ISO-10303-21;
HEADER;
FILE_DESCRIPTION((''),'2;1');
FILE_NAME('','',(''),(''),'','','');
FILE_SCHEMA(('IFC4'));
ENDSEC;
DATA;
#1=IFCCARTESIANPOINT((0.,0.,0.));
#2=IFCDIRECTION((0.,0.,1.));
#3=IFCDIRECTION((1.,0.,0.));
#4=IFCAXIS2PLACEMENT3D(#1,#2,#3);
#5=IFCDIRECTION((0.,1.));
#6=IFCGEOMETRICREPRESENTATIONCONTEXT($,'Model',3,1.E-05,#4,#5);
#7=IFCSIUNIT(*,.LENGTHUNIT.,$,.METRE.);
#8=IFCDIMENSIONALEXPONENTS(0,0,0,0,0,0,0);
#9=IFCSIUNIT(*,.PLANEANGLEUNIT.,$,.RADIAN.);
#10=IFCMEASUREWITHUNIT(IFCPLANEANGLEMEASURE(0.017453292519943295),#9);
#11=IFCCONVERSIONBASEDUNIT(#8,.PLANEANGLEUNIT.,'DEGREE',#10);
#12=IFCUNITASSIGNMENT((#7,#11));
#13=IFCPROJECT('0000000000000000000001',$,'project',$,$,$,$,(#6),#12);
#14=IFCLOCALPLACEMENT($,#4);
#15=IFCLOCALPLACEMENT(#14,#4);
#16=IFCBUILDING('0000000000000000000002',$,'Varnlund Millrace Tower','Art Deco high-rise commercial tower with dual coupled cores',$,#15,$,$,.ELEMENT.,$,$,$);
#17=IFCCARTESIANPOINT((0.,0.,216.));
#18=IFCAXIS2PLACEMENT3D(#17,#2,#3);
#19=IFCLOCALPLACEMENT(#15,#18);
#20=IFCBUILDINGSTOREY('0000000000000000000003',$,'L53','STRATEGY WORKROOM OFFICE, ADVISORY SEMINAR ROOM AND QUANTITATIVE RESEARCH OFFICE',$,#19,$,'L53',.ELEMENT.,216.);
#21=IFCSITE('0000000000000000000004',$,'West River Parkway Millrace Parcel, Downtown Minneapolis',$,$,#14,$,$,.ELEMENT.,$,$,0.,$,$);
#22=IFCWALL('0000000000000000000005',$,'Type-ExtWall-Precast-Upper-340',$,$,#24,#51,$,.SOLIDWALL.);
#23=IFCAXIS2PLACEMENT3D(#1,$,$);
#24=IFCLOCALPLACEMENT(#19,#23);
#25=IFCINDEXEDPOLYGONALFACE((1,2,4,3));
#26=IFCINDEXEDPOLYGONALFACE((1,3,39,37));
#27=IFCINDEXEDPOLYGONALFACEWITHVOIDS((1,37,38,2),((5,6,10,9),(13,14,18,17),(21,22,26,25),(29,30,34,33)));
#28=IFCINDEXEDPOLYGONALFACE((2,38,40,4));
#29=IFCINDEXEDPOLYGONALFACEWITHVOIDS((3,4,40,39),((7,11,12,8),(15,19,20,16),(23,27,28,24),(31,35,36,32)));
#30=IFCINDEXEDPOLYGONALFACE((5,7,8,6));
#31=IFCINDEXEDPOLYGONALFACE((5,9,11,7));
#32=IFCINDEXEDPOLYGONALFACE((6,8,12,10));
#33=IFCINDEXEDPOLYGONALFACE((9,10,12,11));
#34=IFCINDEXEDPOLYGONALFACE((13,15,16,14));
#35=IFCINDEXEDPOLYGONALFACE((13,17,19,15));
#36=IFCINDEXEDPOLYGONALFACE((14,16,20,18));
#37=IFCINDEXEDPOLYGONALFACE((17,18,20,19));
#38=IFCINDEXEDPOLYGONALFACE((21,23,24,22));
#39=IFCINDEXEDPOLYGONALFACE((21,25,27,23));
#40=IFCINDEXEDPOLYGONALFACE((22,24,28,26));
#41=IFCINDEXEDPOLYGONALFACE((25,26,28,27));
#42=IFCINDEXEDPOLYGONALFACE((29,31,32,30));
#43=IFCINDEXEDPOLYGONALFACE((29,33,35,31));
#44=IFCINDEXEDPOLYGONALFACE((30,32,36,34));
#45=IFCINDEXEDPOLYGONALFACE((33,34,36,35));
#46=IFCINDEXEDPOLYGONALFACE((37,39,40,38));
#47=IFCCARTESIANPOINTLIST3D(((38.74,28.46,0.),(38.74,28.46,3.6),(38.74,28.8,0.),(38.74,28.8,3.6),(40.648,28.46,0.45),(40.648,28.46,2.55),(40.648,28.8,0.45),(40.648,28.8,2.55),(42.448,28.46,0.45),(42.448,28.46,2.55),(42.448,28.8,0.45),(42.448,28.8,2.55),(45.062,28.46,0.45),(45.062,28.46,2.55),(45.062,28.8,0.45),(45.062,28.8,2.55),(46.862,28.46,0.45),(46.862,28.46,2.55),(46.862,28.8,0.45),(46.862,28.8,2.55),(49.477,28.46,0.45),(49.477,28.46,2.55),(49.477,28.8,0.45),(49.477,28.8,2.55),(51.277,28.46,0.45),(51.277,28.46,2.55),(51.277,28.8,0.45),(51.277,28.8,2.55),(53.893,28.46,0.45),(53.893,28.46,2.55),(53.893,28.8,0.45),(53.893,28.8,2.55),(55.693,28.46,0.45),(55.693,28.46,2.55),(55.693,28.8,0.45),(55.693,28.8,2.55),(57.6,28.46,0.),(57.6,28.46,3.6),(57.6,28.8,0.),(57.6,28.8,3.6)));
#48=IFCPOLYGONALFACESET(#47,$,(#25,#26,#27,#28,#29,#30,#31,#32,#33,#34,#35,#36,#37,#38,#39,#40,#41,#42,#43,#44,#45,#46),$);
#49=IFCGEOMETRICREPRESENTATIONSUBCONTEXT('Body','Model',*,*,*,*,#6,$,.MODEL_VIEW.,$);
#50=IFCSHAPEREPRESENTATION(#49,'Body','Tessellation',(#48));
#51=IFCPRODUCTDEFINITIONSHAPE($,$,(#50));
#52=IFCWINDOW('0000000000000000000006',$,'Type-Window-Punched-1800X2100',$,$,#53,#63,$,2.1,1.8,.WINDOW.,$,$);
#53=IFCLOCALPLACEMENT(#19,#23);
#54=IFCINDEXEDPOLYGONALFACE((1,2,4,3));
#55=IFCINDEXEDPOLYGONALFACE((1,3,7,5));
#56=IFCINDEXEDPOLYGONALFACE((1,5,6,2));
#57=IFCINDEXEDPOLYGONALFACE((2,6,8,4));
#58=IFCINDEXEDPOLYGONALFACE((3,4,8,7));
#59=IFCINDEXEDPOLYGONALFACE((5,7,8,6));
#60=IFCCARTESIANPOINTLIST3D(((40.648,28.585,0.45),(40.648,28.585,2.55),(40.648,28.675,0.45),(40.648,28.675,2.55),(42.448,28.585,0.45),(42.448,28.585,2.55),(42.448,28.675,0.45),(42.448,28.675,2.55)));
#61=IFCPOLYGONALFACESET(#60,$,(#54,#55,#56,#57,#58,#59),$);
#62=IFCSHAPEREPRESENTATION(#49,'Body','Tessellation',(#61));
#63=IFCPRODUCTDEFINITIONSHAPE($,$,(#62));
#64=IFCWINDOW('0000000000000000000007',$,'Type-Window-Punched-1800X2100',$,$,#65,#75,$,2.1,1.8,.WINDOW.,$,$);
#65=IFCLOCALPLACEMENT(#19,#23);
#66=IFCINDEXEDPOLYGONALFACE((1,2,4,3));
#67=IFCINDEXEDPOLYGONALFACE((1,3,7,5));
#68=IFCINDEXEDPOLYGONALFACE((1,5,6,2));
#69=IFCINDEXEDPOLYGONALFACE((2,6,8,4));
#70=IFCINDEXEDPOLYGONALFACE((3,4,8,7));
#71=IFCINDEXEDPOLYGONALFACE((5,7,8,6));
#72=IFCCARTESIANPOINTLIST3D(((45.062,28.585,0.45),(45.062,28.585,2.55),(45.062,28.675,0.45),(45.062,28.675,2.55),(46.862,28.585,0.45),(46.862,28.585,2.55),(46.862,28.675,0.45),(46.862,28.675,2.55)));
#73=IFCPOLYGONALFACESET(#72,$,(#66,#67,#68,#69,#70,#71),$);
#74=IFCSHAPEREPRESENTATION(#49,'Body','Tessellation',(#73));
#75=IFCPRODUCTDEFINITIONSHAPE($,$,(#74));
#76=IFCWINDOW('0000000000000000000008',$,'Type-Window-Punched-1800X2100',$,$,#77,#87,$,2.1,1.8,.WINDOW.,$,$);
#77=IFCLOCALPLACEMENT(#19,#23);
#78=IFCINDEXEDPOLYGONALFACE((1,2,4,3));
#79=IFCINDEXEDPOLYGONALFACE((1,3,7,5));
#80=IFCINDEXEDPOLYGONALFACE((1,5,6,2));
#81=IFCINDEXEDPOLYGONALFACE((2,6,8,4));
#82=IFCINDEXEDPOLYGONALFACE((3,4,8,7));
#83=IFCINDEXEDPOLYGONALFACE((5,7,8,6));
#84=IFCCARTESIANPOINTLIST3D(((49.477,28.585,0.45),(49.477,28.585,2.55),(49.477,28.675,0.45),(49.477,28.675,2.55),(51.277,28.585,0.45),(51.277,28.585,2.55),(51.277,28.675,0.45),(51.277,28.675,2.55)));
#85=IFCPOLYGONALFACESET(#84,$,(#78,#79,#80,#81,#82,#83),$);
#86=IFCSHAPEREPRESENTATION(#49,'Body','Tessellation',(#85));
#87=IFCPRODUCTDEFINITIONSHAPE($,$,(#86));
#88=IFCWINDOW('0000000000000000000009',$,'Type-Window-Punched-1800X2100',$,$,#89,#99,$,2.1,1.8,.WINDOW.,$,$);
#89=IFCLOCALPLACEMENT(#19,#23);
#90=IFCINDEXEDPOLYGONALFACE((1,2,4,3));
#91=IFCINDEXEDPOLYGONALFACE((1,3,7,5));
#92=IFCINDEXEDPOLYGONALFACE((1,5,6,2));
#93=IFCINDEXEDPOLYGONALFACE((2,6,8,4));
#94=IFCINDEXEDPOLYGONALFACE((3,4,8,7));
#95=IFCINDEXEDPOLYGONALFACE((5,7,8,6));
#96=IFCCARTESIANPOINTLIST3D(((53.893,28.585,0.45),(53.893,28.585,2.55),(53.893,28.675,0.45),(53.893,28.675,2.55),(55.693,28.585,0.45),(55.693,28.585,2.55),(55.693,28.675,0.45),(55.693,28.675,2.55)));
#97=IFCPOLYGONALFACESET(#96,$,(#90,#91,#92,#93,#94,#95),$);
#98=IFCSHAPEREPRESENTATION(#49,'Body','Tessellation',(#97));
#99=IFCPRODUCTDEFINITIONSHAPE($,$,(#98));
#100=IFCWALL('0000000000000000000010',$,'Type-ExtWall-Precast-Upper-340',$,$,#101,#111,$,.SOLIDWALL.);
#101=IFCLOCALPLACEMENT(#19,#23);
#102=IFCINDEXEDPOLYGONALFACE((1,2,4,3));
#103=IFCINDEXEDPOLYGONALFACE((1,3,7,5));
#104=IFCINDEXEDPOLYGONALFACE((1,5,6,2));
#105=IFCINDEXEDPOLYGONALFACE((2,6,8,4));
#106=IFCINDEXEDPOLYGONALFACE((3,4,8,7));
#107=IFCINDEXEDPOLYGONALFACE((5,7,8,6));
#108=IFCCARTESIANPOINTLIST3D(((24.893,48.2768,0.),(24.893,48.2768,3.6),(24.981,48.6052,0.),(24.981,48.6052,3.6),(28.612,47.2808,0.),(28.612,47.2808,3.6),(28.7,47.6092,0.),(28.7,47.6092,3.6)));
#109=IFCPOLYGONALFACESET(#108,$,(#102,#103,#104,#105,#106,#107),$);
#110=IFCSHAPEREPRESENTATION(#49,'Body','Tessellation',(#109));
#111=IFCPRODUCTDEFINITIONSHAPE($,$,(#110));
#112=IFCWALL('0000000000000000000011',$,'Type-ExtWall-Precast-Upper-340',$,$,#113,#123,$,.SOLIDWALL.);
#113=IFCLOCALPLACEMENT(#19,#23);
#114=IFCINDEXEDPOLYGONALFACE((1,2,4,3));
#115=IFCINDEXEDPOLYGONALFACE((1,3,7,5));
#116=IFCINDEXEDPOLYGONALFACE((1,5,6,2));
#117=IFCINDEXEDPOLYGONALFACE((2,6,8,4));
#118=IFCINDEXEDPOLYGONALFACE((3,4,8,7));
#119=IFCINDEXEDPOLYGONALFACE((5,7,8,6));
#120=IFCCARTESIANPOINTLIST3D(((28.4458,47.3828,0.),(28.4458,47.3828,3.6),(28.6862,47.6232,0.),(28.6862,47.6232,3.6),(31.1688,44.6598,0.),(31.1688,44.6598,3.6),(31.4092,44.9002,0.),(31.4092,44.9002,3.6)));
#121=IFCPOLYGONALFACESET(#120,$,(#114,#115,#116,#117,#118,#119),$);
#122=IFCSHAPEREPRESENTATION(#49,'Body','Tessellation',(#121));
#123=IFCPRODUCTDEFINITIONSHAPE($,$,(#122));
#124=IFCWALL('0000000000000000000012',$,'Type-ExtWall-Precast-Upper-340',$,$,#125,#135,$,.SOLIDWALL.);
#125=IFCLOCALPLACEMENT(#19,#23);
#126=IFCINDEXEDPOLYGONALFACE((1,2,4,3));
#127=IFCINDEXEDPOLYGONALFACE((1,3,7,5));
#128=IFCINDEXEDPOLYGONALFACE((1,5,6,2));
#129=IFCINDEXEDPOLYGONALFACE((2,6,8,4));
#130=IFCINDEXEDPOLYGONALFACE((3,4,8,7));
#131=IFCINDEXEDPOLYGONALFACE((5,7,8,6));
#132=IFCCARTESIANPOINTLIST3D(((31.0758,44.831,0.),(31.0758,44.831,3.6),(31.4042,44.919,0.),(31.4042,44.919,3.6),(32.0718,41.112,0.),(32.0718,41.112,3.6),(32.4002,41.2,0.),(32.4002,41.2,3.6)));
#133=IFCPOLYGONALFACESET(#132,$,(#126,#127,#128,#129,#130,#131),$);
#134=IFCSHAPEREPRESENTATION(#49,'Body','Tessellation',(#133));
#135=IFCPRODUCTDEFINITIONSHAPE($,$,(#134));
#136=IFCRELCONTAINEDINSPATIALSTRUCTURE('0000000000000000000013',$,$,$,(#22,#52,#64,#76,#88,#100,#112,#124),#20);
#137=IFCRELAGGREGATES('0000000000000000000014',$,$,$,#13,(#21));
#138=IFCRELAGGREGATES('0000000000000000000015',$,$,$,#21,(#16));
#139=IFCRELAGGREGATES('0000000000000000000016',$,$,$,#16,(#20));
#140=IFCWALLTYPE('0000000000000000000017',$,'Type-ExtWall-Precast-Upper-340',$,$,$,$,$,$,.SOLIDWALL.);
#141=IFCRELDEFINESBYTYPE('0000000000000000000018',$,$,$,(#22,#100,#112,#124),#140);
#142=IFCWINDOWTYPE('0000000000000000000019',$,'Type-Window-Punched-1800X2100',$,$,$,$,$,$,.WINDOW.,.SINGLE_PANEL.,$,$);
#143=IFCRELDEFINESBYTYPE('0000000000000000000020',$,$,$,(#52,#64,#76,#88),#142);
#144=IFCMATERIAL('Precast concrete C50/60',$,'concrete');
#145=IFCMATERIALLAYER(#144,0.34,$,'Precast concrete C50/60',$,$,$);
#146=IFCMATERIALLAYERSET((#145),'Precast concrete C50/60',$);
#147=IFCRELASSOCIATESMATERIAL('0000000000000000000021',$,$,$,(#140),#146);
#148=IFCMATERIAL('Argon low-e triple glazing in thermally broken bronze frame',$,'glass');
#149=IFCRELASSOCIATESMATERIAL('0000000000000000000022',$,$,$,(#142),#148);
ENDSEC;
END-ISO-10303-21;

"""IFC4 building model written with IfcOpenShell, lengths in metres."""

from ifc_helpers import new_model, entity, si_unit, converted_unit, direction, frame, origin_with_axes, origin_2d_with_axis, place, context, subcontext, project, spatial, polyline, rectangle, outline, extrude, material, layer, layer_set, type_object, element, fill, save


model = new_model("IFC4")

# Units and contexts
model_context = context("Model", 3, precision=1e-05, world=origin_with_axes(), true_north=direction((0.0, 1.0)))
body_context = subcontext(model_context, "Body", "Model", "MODEL_VIEW")
ifc_project = project(units=[si_unit("LENGTHUNIT", "METRE"), converted_unit("PLANEANGLEUNIT", "DEGREE", entity("IfcPlaneAngleMeasure", 0.017453292519943295), si_unit("PLANEANGLEUNIT", "RADIAN"), dimensions=[0, 0, 0, 0, 0, 0, 0])], contexts=[model_context])

# Site, building, storey
site_placement = place(None, origin_with_axes())
site = spatial("IfcSite", under=ifc_project, at=site_placement, Name="West River Parkway Millrace Parcel, Downtown Minneapolis", CompositionType="ELEMENT", RefElevation=0.0)
building_placement = place(site_placement, origin_with_axes())
building = spatial("IfcBuilding", under=site, at=building_placement, Name="Varnlund Millrace Tower", Description="Art Deco high-rise commercial tower with dual coupled cores", CompositionType="ELEMENT")
storey_placement = place(building_placement, frame((0.0, 0.0, 216.0), z_axis=(0.0, 0.0, 1.0), x_axis=(1.0, 0.0, 0.0)))
storey = spatial("IfcBuildingStorey", under=building, at=storey_placement, Name="L53", Description="STRATEGY WORKROOM OFFICE, ADVISORY SEMINAR ROOM AND QUANTITATIVE RESEARCH OFFICE", LongName="L53", CompositionType="ELEMENT", Elevation=216.0)

# Shared definitions
ifc_material_1 = material(Name="Precast concrete C50/60", Category="concrete")
ifc_layer_1 = layer(ifc_material_1, 0.34, Name="Precast concrete C50/60")
ifc_layer_set_1 = layer_set([ifc_layer_1], Name="Precast concrete C50/60")
wall_type_1 = type_object("IfcWallType", Name="Type-ExtWall-Precast-Upper-340", PredefinedType="SOLIDWALL", material=ifc_layer_set_1)

# Wall, openings, windows
wall_1_placement = place(storey_placement, frame((38.74, 28.63, 0.0), z_axis=(0.0, 0.0, 1.0), x_axis=(1.0, 0.0, 0.0)))
wall_1 = element("IfcWall", 1, at=wall_1_placement, inside=storey, type_object=wall_type_1, Name="Type-ExtWall-Precast-Upper-340", PredefinedType="SOLIDWALL", context=body_context, shape_type="SweptSolid", body=[
    extrude(outline(polyline([(0.0, -0.17), (18.86, -0.17), (18.86, 0.17), (0.0, 0.17), (0.0, -0.17)])), origin_with_axes(), (0.0, 0.0, 1.0), 3.6),
])
opening_1_placement = place(wall_1_placement, frame((2.808, 0.0, 0.45), z_axis=(0.0, 0.0, 1.0), x_axis=(1.0, 0.0, 0.0)))
opening_1 = element("IfcOpeningElement", 2, at=opening_1_placement, cuts=wall_1, PredefinedType="OPENING", context=body_context, shape_type="SweptSolid", body=[
    extrude(rectangle(XDim=1.8, YDim=0.36, at=origin_2d_with_axis()), origin_with_axes(), (0.0, 0.0, 1.0), 2.1),
])
opening_2_placement = place(wall_1_placement, frame((7.222, 0.0, 0.45), z_axis=(0.0, 0.0, 1.0), x_axis=(1.0, 0.0, 0.0)))
opening_2 = element("IfcOpeningElement", 3, at=opening_2_placement, cuts=wall_1, PredefinedType="OPENING", context=body_context, shape_type="SweptSolid", body=[
    extrude(rectangle(XDim=1.8, YDim=0.36, at=origin_2d_with_axis()), origin_with_axes(), (0.0, 0.0, 1.0), 2.1),
])
opening_3_placement = place(wall_1_placement, frame((11.637, 0.0, 0.45), z_axis=(0.0, 0.0, 1.0), x_axis=(1.0, 0.0, 0.0)))
opening_3 = element("IfcOpeningElement", 4, at=opening_3_placement, cuts=wall_1, PredefinedType="OPENING", context=body_context, shape_type="SweptSolid", body=[
    extrude(rectangle(XDim=1.8, YDim=0.36, at=origin_2d_with_axis()), origin_with_axes(), (0.0, 0.0, 1.0), 2.1),
])
opening_4_placement = place(wall_1_placement, frame((16.053, 0.0, 0.45), z_axis=(0.0, 0.0, 1.0), x_axis=(1.0, 0.0, 0.0)))
opening_4 = element("IfcOpeningElement", 5, at=opening_4_placement, cuts=wall_1, PredefinedType="OPENING", context=body_context, shape_type="SweptSolid", body=[
    extrude(rectangle(XDim=1.8, YDim=0.36, at=origin_2d_with_axis()), origin_with_axes(), (0.0, 0.0, 1.0), 2.1),
])
ifc_material_2 = material(Name="Argon low-e triple glazing in thermally broken bronze frame", Category="glass")
window_type_1 = type_object("IfcWindowType", Name="Type-Window-Punched-1800X2100", PartitioningType="SINGLE_PANEL", PredefinedType="WINDOW", material=ifc_material_2)
window_1_placement = place(wall_1_placement, frame((2.808, 0.0, 0.45), z_axis=(0.0, 0.0, 1.0), x_axis=(1.0, 0.0, 0.0)))
window_1 = element("IfcWindow", 6, at=window_1_placement, inside=storey, type_object=window_type_1, Name="Type-Window-Punched-1800X2100", OverallHeight=2.1, OverallWidth=1.8, PredefinedType="WINDOW", context=body_context, shape_type="SweptSolid", body=[
    extrude(rectangle(XDim=1.8, YDim=0.09, at=origin_2d_with_axis()), origin_with_axes(), (0.0, 0.0, 1.0), 2.1),
])
fill(opening_1, window_1)
window_2_placement = place(wall_1_placement, frame((7.222, 0.0, 0.45), z_axis=(0.0, 0.0, 1.0), x_axis=(1.0, 0.0, 0.0)))
window_2 = element("IfcWindow", 7, at=window_2_placement, inside=storey, type_object=window_type_1, Name="Type-Window-Punched-1800X2100", OverallHeight=2.1, OverallWidth=1.8, PredefinedType="WINDOW", context=body_context, shape_type="SweptSolid", body=[
    extrude(rectangle(XDim=1.8, YDim=0.09, at=origin_2d_with_axis()), origin_with_axes(), (0.0, 0.0, 1.0), 2.1),
])
fill(opening_2, window_2)
window_3_placement = place(wall_1_placement, frame((11.637, 0.0, 0.45), z_axis=(0.0, 0.0, 1.0), x_axis=(1.0, 0.0, 0.0)))
window_3 = element("IfcWindow", 8, at=window_3_placement, inside=storey, type_object=window_type_1, Name="Type-Window-Punched-1800X2100", OverallHeight=2.1, OverallWidth=1.8, PredefinedType="WINDOW", context=body_context, shape_type="SweptSolid", body=[
    extrude(rectangle(XDim=1.8, YDim=0.09, at=origin_2d_with_axis()), origin_with_axes(), (0.0, 0.0, 1.0), 2.1),
])
fill(opening_3, window_3)
window_4_placement = place(wall_1_placement, frame((16.053, 0.0, 0.45), z_axis=(0.0, 0.0, 1.0), x_axis=(1.0, 0.0, 0.0)))
window_4 = element("IfcWindow", 9, at=window_4_placement, inside=storey, type_object=window_type_1, Name="Type-Window-Punched-1800X2100", OverallHeight=2.1, OverallWidth=1.8, PredefinedType="WINDOW", context=body_context, shape_type="SweptSolid", body=[
    extrude(rectangle(XDim=1.8, YDim=0.09, at=origin_2d_with_axis()), origin_with_axes(), (0.0, 0.0, 1.0), 2.1),
])
fill(opening_4, window_4)

# Walls
wall_2_placement = place(storey_placement, frame((24.937, 48.441, 0.0), z_axis=(0.0, 0.0, 1.0), x_axis=(0.965958, -0.258697, 0.0)))
element("IfcWall", 10, at=wall_2_placement, inside=storey, type_object=wall_type_1, Name="Type-ExtWall-Precast-Upper-340", PredefinedType="SOLIDWALL", context=body_context, shape_type="SweptSolid", body=[
    extrude(outline(polyline([(0.0, -0.17), (3.8501, -0.17), (3.8501, 0.17), (0.0, 0.17), (0.0, -0.17)])), origin_with_axes(), (0.0, 0.0, 1.0), 3.6),
])
wall_3_placement = place(storey_placement, frame((28.566, 47.503, 0.0), z_axis=(0.0, 0.0, 1.0), x_axis=(0.707107, -0.707107, 0.0)))
element("IfcWall", 11, at=wall_3_placement, inside=storey, type_object=wall_type_1, Name="Type-ExtWall-Precast-Upper-340", PredefinedType="SOLIDWALL", context=body_context, shape_type="SweptSolid", body=[
    extrude(outline(polyline([(0.0, -0.17), (3.8509, -0.17), (3.8509, 0.17), (0.0, 0.17), (0.0, -0.17)])), origin_with_axes(), (0.0, 0.0, 1.0), 3.6),
])
wall_4_placement = place(storey_placement, frame((31.24, 44.875, 0.0), z_axis=(0.0, 0.0, 1.0), x_axis=(0.258697, -0.965958, 0.0)))
element("IfcWall", 12, at=wall_4_placement, inside=storey, type_object=wall_type_1, Name="Type-ExtWall-Precast-Upper-340", PredefinedType="SOLIDWALL", context=body_context, shape_type="SweptSolid", body=[
    extrude(outline(polyline([(0.0, -0.17), (3.8501, -0.17), (3.8501, 0.17), (0.0, 0.17), (0.0, -0.17)])), origin_with_axes(), (0.0, 0.0, 1.0), 3.6),
])

save(model, "model.ifc")
